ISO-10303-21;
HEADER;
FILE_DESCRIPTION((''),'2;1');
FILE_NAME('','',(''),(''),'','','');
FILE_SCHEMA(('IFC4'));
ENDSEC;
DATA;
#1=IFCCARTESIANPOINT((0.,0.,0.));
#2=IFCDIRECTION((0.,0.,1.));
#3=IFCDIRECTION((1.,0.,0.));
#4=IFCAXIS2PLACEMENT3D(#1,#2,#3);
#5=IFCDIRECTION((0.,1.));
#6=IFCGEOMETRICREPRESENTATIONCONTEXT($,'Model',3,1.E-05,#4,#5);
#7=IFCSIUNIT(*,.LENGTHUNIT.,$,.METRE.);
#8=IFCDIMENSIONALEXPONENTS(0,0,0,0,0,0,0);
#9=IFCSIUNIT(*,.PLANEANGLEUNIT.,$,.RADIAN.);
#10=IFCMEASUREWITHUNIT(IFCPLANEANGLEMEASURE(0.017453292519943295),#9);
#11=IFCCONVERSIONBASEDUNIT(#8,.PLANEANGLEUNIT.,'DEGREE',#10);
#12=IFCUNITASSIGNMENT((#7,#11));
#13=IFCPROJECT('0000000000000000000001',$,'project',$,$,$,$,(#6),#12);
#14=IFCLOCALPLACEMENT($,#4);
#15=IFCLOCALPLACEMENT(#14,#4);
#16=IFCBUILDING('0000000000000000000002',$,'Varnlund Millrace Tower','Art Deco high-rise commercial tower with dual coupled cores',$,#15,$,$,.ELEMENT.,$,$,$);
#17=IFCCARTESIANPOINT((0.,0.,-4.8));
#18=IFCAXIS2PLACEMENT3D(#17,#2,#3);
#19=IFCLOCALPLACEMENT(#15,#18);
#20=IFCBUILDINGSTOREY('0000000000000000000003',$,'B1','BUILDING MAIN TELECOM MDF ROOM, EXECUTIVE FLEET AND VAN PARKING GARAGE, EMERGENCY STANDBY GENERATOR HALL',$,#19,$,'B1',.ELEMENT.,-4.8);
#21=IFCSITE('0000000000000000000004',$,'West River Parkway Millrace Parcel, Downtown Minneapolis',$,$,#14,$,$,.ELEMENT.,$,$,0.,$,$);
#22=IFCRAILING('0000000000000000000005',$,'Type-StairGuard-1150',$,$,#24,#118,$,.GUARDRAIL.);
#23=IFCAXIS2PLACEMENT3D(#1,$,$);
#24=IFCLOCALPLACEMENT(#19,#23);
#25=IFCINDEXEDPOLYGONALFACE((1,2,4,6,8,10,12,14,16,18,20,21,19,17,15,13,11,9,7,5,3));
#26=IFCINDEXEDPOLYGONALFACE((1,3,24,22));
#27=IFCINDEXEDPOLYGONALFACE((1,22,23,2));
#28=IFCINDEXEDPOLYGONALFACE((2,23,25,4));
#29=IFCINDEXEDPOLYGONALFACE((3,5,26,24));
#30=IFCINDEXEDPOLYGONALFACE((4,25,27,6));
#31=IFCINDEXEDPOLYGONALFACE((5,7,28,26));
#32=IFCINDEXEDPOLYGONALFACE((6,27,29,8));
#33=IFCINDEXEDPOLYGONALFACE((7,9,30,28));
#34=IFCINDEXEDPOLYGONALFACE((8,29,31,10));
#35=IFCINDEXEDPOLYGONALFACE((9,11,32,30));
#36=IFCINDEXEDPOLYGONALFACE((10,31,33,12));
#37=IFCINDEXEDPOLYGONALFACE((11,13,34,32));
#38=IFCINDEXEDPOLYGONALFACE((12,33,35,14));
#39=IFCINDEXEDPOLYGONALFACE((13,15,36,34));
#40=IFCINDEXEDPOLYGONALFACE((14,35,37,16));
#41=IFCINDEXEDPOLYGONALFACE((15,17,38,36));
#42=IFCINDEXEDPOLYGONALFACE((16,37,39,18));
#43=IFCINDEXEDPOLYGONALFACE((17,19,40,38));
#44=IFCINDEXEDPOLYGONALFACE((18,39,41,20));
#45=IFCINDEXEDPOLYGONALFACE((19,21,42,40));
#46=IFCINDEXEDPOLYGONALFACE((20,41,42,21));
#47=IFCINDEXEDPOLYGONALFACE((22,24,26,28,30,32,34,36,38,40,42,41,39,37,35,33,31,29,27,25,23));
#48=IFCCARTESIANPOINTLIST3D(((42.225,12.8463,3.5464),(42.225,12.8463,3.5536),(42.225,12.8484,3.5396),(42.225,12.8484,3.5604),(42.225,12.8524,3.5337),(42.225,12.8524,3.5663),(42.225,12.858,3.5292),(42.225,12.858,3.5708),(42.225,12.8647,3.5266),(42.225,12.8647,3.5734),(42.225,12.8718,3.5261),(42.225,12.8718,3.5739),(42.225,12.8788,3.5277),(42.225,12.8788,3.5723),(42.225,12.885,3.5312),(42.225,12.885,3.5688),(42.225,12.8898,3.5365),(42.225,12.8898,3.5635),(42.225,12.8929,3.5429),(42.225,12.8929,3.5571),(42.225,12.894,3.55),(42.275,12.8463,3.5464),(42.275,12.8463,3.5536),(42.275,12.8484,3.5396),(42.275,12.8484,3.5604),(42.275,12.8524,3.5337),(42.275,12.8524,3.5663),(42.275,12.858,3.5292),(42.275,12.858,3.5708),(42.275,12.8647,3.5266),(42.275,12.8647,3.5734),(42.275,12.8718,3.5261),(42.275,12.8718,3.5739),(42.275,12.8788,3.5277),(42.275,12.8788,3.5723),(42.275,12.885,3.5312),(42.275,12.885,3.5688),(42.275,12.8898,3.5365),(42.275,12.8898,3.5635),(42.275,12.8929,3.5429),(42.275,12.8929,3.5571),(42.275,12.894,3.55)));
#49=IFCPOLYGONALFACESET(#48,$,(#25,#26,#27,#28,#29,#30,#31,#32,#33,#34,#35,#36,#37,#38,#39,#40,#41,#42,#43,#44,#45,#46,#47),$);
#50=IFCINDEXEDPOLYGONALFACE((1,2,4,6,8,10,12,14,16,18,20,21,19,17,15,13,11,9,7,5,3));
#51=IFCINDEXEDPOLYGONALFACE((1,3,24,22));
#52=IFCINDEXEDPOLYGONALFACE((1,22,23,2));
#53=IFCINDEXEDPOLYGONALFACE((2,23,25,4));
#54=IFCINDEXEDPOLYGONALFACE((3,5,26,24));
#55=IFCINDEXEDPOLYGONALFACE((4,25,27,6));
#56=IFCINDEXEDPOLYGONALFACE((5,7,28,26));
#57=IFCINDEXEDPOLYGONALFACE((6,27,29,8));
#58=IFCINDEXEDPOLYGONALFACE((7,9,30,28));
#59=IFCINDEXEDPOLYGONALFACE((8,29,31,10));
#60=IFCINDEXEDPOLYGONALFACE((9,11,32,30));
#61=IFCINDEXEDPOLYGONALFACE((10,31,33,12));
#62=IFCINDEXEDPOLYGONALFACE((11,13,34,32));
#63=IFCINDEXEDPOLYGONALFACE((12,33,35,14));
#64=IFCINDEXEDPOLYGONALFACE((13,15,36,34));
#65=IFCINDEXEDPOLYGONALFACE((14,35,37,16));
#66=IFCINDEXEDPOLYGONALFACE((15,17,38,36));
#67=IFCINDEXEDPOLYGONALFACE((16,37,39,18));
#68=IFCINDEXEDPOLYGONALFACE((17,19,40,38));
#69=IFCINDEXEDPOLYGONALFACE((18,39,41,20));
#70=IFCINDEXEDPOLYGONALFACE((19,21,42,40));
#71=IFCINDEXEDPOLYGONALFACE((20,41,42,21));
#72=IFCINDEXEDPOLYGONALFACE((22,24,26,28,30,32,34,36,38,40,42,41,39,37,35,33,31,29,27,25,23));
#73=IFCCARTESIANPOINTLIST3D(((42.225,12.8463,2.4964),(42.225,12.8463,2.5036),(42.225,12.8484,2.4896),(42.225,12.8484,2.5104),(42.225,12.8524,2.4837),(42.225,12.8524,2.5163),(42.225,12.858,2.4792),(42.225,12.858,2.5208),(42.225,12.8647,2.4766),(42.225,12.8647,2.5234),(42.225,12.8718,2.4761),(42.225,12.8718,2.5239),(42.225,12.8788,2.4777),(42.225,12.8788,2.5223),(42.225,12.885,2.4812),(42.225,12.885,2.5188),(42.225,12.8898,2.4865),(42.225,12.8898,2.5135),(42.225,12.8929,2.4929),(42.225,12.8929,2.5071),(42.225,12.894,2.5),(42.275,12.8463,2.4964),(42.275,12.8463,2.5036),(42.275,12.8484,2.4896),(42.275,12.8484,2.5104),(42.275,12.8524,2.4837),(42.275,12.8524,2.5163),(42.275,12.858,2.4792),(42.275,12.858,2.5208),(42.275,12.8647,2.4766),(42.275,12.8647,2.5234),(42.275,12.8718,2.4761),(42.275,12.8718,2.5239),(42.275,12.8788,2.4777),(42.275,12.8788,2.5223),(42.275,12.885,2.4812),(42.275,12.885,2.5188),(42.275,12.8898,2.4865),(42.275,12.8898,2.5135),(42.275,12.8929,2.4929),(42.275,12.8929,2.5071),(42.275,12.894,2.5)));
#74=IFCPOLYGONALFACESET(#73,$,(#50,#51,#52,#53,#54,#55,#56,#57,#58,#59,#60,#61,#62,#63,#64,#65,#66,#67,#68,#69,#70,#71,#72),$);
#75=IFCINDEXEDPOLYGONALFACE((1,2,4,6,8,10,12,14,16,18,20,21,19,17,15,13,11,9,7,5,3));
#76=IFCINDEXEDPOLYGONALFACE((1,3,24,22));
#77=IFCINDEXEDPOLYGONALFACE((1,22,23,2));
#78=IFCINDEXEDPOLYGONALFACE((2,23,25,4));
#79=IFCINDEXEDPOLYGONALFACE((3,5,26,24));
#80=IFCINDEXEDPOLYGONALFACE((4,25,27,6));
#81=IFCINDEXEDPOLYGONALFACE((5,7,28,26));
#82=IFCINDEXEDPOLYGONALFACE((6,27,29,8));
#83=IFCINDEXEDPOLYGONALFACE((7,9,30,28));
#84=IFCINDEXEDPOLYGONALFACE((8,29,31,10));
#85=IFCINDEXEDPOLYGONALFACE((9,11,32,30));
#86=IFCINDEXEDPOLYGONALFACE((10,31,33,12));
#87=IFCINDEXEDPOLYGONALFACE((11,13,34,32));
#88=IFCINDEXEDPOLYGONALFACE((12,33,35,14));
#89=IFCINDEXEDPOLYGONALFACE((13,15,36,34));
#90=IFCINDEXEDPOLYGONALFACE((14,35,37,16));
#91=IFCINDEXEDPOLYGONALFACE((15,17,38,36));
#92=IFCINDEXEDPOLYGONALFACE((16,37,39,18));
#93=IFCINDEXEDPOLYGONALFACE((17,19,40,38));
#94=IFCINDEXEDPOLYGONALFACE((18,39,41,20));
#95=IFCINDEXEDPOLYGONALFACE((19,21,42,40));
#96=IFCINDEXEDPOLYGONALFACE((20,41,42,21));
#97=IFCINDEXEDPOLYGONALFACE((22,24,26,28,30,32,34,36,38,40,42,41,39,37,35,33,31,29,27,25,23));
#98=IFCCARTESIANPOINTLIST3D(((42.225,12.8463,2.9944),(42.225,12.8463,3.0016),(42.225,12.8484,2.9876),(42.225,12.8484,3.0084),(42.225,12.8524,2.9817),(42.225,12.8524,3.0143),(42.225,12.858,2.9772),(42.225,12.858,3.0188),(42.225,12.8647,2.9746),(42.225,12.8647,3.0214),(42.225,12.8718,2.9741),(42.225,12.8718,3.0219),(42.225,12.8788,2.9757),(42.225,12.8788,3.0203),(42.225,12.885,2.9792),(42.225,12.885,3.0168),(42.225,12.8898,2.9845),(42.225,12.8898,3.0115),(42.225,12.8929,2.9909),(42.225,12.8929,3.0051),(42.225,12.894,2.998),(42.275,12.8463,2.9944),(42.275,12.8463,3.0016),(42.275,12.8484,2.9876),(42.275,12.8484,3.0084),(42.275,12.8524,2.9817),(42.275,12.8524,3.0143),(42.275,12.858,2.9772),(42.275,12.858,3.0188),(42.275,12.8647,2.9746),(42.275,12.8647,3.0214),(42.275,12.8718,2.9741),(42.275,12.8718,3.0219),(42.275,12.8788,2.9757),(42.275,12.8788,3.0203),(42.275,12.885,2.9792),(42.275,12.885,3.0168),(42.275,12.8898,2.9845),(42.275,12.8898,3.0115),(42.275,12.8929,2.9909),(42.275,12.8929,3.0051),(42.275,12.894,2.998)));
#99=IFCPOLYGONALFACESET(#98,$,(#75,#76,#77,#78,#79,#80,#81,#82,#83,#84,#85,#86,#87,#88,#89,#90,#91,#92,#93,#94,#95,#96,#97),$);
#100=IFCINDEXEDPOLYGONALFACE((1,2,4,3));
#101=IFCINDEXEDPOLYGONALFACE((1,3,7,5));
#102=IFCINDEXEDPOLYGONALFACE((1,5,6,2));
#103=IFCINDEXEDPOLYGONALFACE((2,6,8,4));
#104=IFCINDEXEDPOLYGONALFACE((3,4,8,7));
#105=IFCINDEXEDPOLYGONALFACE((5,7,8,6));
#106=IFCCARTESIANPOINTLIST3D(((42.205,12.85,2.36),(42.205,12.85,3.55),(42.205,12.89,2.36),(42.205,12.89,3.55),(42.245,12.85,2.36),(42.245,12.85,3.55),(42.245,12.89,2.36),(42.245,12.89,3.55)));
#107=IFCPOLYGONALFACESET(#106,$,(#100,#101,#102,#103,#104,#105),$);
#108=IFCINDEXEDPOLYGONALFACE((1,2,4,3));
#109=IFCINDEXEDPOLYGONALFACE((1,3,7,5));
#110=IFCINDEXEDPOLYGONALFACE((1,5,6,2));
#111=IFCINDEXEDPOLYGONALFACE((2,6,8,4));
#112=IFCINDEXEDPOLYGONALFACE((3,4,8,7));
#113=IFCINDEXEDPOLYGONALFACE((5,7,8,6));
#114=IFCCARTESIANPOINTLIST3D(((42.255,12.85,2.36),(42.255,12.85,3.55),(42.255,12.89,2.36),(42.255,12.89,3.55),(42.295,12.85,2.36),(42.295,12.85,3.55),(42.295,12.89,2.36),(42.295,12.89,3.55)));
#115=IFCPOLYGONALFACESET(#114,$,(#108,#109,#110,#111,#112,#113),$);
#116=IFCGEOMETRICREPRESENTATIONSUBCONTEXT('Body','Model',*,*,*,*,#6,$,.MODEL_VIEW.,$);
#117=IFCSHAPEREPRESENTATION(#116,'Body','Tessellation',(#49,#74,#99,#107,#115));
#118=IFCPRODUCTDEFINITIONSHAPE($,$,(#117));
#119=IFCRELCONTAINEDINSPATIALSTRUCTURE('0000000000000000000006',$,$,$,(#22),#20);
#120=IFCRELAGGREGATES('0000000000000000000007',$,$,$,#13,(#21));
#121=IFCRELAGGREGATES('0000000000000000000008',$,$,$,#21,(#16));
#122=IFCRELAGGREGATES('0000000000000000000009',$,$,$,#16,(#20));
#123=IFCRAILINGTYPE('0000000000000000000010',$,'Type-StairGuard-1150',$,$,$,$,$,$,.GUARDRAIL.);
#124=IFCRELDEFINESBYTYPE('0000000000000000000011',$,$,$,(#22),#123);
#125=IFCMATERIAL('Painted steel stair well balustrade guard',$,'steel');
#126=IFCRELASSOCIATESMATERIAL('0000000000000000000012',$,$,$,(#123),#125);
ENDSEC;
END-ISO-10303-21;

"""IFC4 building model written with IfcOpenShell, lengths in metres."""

from ifc_helpers import new_model, entity, si_unit, converted_unit, direction, frame, origin_with_axes, origin_2d_with_axis, place, context, subcontext, project, spatial, rectangle, circle, extrude, material, type_object, element, save


model = new_model("IFC4")

# Units and contexts
model_context = context("Model", 3, precision=1e-05, world=origin_with_axes(), true_north=direction((0.0, 1.0)))
body_context = subcontext(model_context, "Body", "Model", "MODEL_VIEW")
ifc_project = project(units=[si_unit("LENGTHUNIT", "METRE"), converted_unit("PLANEANGLEUNIT", "DEGREE", entity("IfcPlaneAngleMeasure", 0.017453292519943295), si_unit("PLANEANGLEUNIT", "RADIAN"), dimensions=[0, 0, 0, 0, 0, 0, 0])], contexts=[model_context])

# Site, building, storey
site_placement = place(None, origin_with_axes())
site = spatial("IfcSite", under=ifc_project, at=site_placement, Name="West River Parkway Millrace Parcel, Downtown Minneapolis", CompositionType="ELEMENT", RefElevation=0.0)
building_placement = place(site_placement, origin_with_axes())
building = spatial("IfcBuilding", under=site, at=building_placement, Name="Varnlund Millrace Tower", Description="Art Deco high-rise commercial tower with dual coupled cores", CompositionType="ELEMENT")
storey_placement = place(building_placement, frame((0.0, 0.0, -4.8), z_axis=(0.0, 0.0, 1.0), x_axis=(1.0, 0.0, 0.0)))
storey = spatial("IfcBuildingStorey", under=building, at=storey_placement, Name="B1", Description="BUILDING MAIN TELECOM MDF ROOM, EXECUTIVE FLEET AND VAN PARKING GARAGE, EMERGENCY STANDBY GENERATOR HALL", LongName="B1", CompositionType="ELEMENT", Elevation=-4.8)

# Railing
ifc_material_1 = material(Name="Painted steel stair well balustrade guard", Category="steel")
railing_type_1 = type_object("IfcRailingType", Name="Type-StairGuard-1150", PredefinedType="GUARDRAIL", material=ifc_material_1)
railing_1_placement = place(storey_placement, frame((0.0, 0.0, 4.8), z_axis=(0.0, 0.0, 1.0), x_axis=(1.0, 0.0, 0.0)))
element("IfcRailing", 1, at=railing_1_placement, inside=storey, type_object=railing_type_1, Name="Type-StairGuard-1150", PredefinedType="GUARDRAIL", context=body_context, shape_type="SweptSolid", body=[
    extrude(circle(Radius=0.024, at=origin_2d_with_axis()), frame((42.225, 12.87, -1.25), z_axis=(1.0, 0.0, 0.0), x_axis=(0.0, 1.0, 0.0)), (0.0, 0.0, 1.0), 0.05),
    extrude(circle(Radius=0.024, at=origin_2d_with_axis()), frame((42.225, 12.87, -2.3), z_axis=(1.0, 0.0, 0.0), x_axis=(0.0, 1.0, 0.0)), (0.0, 0.0, 1.0), 0.05),
    extrude(circle(Radius=0.024, at=origin_2d_with_axis()), frame((42.225, 12.87, -1.802), z_axis=(1.0, 0.0, 0.0), x_axis=(0.0, 1.0, 0.0)), (0.0, 0.0, 1.0), 0.05),
    extrude(rectangle(XDim=0.04, YDim=0.04, at=origin_2d_with_axis()), frame((42.225, 12.87, -2.44), z_axis=(0.0, 0.0, 1.0), x_axis=(1.0, 0.0, 0.0)), (0.0, 0.0, 1.0), 1.19),
    extrude(rectangle(XDim=0.04, YDim=0.04, at=origin_2d_with_axis()), frame((42.275, 12.87, -2.44), z_axis=(0.0, 0.0, 1.0), x_axis=(1.0, 0.0, 0.0)), (0.0, 0.0, 1.0), 1.19),
])

save(model, "model.ifc")
